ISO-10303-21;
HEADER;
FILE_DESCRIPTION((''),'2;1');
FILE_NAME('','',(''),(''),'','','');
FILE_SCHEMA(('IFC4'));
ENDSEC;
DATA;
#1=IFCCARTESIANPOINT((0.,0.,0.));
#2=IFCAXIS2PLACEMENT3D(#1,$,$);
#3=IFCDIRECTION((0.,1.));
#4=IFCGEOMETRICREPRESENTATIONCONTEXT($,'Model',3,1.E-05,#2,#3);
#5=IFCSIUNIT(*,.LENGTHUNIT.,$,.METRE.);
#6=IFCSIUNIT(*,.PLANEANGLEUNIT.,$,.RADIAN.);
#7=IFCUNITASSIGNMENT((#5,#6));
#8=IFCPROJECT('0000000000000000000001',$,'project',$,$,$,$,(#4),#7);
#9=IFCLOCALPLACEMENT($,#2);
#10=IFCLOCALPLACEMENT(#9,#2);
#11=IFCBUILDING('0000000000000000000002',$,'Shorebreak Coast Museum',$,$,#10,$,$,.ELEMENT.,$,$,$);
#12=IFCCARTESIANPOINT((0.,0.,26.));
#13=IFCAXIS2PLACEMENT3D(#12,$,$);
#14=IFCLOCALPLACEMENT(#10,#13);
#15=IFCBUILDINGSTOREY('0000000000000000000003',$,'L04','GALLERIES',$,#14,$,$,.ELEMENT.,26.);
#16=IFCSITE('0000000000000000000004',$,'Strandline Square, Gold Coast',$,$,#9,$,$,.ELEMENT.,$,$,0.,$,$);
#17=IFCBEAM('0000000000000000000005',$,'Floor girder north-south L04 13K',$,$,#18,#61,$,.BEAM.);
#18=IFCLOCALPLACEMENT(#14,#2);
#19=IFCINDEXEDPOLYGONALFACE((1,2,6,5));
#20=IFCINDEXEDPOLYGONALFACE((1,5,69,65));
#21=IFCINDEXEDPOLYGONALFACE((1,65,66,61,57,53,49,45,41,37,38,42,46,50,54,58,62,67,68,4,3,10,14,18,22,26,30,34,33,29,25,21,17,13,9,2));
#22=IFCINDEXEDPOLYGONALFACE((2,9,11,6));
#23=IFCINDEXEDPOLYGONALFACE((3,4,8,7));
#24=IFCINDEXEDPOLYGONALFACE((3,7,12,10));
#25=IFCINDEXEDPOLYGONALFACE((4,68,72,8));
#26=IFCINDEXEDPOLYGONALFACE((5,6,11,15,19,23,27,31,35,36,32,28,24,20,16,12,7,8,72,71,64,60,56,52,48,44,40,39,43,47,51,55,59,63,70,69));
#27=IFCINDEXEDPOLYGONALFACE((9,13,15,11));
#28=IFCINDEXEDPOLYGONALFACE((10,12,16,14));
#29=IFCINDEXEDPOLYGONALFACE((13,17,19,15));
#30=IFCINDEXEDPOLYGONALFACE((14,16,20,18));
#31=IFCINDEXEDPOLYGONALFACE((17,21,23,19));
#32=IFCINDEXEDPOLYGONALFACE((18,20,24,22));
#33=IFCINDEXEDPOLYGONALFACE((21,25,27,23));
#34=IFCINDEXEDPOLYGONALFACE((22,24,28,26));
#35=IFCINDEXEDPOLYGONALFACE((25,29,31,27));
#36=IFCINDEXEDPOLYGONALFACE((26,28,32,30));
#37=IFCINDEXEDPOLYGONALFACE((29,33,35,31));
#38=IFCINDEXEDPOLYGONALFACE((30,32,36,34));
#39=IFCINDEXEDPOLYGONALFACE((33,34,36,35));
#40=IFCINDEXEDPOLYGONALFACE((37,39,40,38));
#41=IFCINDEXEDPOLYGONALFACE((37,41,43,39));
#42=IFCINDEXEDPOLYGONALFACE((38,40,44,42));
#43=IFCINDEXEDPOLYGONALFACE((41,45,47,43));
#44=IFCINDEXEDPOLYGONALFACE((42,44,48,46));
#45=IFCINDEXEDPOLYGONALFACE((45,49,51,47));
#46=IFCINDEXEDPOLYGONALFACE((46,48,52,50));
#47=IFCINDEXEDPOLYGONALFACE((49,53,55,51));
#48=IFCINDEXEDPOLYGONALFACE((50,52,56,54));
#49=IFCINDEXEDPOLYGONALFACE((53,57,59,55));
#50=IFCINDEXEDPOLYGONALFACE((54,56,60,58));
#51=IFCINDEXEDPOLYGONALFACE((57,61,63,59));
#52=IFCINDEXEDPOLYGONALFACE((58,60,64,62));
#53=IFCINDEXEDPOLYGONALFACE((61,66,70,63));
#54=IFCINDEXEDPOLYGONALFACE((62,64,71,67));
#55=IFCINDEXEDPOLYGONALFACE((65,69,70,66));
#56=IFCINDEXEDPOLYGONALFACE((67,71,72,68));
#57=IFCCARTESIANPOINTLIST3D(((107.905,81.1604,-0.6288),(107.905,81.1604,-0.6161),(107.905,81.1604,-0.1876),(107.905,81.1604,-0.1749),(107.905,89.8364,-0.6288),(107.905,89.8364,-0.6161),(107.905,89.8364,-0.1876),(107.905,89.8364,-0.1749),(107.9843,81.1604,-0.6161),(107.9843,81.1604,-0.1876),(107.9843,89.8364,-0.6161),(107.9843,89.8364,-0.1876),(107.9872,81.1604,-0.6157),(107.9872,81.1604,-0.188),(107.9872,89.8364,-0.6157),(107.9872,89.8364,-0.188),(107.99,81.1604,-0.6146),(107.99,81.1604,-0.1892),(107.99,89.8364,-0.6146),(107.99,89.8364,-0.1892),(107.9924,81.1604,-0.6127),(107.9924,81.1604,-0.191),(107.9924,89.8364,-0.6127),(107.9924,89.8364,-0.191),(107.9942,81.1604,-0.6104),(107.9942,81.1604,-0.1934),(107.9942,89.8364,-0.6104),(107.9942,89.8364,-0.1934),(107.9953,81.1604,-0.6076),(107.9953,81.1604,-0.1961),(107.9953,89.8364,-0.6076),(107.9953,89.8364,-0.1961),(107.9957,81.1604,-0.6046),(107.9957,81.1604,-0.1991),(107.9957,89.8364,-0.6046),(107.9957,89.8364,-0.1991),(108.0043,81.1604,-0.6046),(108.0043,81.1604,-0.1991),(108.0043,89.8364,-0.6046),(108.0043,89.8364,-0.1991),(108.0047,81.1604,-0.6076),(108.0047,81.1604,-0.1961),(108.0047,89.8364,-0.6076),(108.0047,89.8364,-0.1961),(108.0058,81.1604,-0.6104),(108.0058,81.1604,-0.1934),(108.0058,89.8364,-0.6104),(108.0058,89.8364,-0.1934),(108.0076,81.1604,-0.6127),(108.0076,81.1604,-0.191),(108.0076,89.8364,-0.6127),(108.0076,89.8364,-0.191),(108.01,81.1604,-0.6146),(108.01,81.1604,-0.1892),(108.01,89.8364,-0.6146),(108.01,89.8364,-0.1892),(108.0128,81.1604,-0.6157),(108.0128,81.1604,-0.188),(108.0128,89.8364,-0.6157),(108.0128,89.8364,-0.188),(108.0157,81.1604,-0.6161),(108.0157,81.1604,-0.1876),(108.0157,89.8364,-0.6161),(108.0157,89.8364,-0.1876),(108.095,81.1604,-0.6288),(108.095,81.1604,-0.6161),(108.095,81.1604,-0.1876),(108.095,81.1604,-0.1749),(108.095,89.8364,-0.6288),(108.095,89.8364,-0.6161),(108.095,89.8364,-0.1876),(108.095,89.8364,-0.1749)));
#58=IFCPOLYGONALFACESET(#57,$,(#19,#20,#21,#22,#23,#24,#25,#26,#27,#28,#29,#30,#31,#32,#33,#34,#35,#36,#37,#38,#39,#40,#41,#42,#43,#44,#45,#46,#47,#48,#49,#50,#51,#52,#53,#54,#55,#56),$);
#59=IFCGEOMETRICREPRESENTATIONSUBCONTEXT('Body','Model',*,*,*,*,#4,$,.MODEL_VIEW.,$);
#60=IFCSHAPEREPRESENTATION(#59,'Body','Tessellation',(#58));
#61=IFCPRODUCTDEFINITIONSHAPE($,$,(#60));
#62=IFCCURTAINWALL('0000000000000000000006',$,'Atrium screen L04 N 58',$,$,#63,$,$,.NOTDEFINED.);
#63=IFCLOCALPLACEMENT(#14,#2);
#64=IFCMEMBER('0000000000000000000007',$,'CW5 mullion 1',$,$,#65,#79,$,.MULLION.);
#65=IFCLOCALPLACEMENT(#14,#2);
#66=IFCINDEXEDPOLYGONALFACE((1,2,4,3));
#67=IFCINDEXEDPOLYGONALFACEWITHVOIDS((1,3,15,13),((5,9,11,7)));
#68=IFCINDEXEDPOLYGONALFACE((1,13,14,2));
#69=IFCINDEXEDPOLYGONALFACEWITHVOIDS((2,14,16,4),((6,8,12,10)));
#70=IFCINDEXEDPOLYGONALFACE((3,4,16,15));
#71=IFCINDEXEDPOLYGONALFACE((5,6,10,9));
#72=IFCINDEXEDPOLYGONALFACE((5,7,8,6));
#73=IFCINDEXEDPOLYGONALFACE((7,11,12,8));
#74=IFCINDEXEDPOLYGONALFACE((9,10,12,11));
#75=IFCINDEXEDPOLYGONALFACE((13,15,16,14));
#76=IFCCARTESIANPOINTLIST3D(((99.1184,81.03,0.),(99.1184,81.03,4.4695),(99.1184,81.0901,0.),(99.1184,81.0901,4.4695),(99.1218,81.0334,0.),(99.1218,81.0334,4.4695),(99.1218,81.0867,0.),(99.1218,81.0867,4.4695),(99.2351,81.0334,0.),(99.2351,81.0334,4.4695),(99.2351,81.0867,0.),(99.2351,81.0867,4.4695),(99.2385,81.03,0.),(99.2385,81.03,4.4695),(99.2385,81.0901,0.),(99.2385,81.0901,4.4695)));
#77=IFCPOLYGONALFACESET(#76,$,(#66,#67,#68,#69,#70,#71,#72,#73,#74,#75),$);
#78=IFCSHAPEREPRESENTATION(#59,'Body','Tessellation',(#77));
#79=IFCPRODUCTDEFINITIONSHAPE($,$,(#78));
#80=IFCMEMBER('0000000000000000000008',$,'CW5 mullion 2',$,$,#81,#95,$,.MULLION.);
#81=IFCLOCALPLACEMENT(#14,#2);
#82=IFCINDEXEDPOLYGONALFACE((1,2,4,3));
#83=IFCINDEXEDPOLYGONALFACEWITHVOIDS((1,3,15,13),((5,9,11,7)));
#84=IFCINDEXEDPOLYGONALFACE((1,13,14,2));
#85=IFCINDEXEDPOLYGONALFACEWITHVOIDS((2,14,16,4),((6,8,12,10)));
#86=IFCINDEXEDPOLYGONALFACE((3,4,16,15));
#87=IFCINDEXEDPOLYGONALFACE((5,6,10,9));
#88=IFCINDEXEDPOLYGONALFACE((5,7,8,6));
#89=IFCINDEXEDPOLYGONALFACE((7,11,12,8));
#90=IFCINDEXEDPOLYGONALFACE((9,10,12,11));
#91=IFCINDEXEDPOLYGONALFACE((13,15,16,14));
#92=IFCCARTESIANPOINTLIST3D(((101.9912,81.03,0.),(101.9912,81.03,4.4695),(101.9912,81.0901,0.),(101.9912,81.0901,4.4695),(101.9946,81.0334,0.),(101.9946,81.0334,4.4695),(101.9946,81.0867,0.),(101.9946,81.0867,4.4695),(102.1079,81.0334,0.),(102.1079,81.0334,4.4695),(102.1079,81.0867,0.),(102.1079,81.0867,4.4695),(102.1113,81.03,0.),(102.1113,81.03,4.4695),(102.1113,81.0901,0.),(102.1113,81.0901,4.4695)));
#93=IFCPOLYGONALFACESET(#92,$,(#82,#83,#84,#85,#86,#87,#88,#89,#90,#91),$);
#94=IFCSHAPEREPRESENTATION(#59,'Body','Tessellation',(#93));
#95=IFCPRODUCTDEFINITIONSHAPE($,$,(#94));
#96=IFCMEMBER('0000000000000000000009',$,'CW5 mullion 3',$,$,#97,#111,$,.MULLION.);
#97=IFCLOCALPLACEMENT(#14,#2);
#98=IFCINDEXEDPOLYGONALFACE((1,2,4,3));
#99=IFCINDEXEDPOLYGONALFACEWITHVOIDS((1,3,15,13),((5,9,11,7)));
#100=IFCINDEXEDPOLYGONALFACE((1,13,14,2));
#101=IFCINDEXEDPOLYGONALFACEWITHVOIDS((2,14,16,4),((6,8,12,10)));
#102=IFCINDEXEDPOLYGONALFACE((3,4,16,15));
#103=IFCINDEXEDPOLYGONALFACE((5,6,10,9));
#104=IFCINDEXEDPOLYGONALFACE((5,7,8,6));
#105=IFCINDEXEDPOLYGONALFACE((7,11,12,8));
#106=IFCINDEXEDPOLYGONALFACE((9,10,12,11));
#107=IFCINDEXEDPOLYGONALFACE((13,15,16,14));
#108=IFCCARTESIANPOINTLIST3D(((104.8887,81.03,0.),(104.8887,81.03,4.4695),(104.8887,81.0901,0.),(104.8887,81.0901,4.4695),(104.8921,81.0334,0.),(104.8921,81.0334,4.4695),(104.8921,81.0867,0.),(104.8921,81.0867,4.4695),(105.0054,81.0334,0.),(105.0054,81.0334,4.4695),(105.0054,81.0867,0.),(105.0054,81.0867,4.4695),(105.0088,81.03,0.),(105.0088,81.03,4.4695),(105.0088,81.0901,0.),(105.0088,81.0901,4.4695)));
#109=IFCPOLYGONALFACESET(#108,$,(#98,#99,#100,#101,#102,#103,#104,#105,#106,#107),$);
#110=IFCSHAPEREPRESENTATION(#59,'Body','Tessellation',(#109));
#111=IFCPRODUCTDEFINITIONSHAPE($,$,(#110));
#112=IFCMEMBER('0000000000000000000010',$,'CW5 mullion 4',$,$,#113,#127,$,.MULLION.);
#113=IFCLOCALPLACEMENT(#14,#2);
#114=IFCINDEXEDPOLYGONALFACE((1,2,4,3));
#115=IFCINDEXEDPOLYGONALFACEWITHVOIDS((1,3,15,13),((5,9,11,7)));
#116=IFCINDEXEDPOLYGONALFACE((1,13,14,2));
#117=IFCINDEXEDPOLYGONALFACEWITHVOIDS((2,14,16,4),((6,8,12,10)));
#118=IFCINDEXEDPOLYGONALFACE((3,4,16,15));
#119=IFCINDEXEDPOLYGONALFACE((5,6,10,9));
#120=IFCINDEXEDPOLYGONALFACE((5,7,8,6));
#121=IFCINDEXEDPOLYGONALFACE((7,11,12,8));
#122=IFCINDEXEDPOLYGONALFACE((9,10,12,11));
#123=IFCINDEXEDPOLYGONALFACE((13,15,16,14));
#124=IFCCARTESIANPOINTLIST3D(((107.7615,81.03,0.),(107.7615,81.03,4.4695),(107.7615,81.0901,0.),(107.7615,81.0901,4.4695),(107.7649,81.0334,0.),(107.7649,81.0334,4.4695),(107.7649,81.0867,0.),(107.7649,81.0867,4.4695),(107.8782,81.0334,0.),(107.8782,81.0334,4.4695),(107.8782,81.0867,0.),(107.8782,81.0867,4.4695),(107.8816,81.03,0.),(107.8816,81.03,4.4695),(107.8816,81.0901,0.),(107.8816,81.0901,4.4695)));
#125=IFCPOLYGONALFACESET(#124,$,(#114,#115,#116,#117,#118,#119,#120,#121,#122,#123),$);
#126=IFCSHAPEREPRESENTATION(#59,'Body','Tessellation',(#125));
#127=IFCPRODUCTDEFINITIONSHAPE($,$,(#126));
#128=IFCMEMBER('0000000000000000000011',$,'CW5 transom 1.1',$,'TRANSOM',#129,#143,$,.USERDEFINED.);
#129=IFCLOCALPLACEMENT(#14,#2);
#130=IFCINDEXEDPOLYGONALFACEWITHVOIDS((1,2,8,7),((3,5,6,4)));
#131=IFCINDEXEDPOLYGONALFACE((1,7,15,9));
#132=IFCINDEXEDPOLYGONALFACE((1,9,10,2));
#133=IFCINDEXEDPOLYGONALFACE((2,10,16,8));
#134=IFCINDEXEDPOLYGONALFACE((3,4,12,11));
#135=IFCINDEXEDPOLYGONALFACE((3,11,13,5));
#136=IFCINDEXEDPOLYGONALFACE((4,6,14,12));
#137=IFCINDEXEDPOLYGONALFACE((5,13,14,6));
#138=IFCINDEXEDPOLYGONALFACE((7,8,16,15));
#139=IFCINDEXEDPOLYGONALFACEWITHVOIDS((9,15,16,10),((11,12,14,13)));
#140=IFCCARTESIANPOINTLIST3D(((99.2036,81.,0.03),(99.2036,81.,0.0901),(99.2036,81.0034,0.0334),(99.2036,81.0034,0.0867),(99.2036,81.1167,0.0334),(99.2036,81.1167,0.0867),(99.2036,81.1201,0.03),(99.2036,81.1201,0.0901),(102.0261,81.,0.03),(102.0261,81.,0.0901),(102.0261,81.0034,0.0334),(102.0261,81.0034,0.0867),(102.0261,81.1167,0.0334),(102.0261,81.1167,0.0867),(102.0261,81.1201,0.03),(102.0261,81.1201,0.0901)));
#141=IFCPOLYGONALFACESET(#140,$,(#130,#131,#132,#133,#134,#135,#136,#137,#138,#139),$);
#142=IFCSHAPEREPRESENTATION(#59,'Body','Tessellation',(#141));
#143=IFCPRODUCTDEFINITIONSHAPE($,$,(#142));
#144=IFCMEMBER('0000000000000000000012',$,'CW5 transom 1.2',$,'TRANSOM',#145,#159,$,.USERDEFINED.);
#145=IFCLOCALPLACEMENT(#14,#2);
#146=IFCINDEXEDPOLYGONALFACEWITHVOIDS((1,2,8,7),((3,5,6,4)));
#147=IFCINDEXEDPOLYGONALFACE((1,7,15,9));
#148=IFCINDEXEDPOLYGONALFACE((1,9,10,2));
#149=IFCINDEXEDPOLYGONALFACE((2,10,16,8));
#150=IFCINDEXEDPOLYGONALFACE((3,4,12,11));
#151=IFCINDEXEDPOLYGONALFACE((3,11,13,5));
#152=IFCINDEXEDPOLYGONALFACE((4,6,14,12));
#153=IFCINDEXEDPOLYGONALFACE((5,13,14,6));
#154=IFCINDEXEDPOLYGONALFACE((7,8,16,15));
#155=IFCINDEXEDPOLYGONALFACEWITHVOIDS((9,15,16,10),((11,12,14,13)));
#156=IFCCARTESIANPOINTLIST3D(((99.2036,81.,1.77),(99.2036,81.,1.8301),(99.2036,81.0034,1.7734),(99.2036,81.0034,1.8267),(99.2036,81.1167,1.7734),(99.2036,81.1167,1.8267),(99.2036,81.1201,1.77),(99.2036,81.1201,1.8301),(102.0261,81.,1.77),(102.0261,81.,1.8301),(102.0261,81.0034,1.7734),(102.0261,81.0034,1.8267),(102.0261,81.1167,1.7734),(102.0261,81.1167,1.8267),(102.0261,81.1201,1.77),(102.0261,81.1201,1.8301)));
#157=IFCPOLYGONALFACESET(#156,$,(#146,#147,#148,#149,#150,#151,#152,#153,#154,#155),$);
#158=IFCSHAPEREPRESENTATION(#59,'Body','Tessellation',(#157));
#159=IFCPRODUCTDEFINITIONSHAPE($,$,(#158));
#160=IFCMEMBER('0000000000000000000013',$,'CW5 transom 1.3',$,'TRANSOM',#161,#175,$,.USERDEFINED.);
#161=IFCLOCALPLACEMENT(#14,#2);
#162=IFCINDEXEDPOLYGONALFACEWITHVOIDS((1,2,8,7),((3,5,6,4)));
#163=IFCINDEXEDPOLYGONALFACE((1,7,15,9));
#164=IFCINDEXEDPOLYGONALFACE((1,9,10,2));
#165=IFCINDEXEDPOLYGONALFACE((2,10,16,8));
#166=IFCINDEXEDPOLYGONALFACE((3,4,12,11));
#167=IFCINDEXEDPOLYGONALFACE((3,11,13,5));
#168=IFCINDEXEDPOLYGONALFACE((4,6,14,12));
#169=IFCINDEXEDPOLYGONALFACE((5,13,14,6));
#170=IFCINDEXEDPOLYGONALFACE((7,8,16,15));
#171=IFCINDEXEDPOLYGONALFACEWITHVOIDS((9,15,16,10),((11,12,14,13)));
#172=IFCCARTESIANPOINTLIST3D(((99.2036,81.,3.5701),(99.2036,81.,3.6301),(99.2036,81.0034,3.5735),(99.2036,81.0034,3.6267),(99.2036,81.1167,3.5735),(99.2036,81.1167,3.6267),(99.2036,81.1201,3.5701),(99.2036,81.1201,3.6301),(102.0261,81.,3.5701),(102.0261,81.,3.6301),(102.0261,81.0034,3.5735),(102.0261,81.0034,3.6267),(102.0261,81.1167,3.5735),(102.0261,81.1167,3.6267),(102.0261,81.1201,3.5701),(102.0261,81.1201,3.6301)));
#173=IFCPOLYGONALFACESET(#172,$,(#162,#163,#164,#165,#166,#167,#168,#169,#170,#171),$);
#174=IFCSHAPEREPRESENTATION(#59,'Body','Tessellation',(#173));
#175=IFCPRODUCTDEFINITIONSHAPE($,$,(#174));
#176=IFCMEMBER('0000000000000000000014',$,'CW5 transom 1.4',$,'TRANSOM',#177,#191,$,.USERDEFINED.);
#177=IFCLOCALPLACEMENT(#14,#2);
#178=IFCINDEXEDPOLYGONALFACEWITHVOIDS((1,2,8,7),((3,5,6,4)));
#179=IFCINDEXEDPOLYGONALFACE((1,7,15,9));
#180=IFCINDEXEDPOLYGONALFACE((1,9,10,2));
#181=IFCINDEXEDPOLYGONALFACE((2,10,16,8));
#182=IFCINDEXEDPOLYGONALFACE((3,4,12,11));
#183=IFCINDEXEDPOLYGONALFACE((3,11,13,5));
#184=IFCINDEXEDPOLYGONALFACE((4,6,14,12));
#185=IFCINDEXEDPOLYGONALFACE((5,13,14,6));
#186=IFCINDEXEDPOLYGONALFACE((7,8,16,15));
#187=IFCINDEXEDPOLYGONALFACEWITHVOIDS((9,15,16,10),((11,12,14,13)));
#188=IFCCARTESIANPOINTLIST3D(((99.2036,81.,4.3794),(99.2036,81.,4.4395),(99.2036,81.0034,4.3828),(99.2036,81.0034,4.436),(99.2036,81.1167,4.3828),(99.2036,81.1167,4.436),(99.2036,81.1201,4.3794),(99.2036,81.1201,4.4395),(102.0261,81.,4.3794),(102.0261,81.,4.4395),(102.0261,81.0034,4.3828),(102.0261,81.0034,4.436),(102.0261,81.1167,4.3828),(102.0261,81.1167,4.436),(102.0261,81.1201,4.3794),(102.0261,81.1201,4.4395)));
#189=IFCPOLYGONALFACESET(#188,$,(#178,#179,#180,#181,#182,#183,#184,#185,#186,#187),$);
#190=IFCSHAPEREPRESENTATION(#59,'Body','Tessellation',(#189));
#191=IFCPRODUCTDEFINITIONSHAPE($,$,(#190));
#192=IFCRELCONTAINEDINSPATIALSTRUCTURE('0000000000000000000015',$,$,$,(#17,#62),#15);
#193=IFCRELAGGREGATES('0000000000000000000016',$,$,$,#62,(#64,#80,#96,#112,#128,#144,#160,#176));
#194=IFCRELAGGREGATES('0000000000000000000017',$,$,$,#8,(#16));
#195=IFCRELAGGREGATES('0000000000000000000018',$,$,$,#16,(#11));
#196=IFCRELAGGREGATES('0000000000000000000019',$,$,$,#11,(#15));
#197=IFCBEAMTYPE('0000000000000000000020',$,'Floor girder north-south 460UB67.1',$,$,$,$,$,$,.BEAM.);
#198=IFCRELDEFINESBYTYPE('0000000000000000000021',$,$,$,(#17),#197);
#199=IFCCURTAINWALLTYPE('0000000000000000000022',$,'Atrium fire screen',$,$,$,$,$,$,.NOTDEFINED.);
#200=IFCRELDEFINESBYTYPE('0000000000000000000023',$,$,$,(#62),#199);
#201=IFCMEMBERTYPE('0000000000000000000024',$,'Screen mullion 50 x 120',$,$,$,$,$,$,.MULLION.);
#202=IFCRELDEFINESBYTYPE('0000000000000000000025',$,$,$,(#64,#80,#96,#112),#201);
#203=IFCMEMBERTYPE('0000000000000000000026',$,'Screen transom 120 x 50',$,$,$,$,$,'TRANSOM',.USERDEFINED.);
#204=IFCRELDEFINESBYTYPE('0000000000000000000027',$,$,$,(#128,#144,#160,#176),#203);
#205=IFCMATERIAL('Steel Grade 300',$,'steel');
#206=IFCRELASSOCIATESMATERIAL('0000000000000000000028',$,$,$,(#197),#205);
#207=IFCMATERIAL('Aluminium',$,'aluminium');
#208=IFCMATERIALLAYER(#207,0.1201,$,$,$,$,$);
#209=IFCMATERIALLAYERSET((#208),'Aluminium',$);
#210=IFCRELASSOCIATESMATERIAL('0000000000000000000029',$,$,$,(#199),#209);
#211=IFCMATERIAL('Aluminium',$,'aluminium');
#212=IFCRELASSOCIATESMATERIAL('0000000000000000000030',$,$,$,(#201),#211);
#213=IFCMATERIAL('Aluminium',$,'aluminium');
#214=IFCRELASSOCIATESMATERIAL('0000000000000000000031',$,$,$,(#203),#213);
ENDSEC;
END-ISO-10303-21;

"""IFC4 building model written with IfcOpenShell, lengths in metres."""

from ifc_helpers import new_model, si_unit, direction, frame, origin, origin_2d, place, context, subcontext, project, spatial, hollow_rectangle, i_section, extrude, material, layer, layer_set, material_profile, profile_set, type_object, element, aggregate, save


model = new_model("IFC4")

# Units and contexts
model_context = context("Model", 3, precision=1e-05, world=origin(), true_north=direction((0.0, 1.0)))
body_context = subcontext(model_context, "Body", "Model", "MODEL_VIEW")
ifc_project = project(units=[si_unit("LENGTHUNIT", "METRE"), si_unit("PLANEANGLEUNIT", "RADIAN")], contexts=[model_context])

# Site, building, storey
site_placement = place(None, origin())
site = spatial("IfcSite", under=ifc_project, at=site_placement, Name="Strandline Square, Gold Coast", CompositionType="ELEMENT", RefElevation=0.0)
building_placement = place(site_placement, origin())
building = spatial("IfcBuilding", under=site, at=building_placement, Name="Shorebreak Coast Museum", CompositionType="ELEMENT")
storey_placement = place(building_placement, frame((0.0, 0.0, 26.0)))
storey = spatial("IfcBuildingStorey", under=building, at=storey_placement, Name="L04", Description="GALLERIES", CompositionType="ELEMENT", Elevation=26.0)

# Beam
ifc_material_1 = material(Name="Steel Grade 300", Category="steel")
ifc_material_profile_1 = material_profile(ifc_material_1, i_section(OverallWidth=0.1899, OverallDepth=0.4539, WebThickness=0.0085, FlangeThickness=0.0127, FilletRadius=0.0115, at=origin_2d()), Name="460UB67.1")
ifc_profile_set_1 = profile_set([ifc_material_profile_1], Name="Steel Grade 300")
beam_type_1 = type_object("IfcBeamType", Name="Floor girder north-south 460UB67.1", PredefinedType="BEAM", material=ifc_profile_set_1)
beam_1_placement = place(storey_placement, frame((108.0, 81.1604, -0.4019), z_axis=(0.0, 1.0, 0.0), x_axis=(-1.0, 0.0, 0.0)))
element("IfcBeam", 1, at=beam_1_placement, inside=storey, type_object=beam_type_1, Name="Floor girder north-south L04 13K", PredefinedType="BEAM", context=body_context, shape_type="SweptSolid", body=[
    extrude(i_section(OverallWidth=0.1899, OverallDepth=0.4539, WebThickness=0.0085, FlangeThickness=0.0127, FilletRadius=0.0115, at=origin_2d()), origin(), (0.0, 0.0, 1.0), 8.676),
])

# Curtain wall, members
ifc_material_2 = material(Name="Aluminium", Category="aluminium")
ifc_layer_1 = layer(ifc_material_2, 0.1201)
ifc_layer_set_1 = layer_set([ifc_layer_1], Name="Aluminium")
curtain_wall_type = type_object("IfcCurtainWallType", Name="Atrium fire screen", PredefinedType="NOTDEFINED", material=ifc_layer_set_1)
curtain_wall_placement = place(storey_placement, origin())
curtain_wall = element("IfcCurtainWall", 2, at=curtain_wall_placement, inside=storey, type_object=curtain_wall_type, Name="Atrium screen L04 N 58", PredefinedType="NOTDEFINED")
ifc_material_3 = material(Name="Aluminium", Category="aluminium")
ifc_material_profile_2 = material_profile(ifc_material_3, hollow_rectangle(XDim=0.0601, YDim=0.1201, WallThickness=0.0034, at=origin_2d()), Name="AL 120x60 RHS")
ifc_profile_set_2 = profile_set([ifc_material_profile_2], Name="Aluminium")
member_type_1 = type_object("IfcMemberType", Name="Screen mullion 50 x 120", PredefinedType="MULLION", material=ifc_profile_set_2)
member_1_placement = place(storey_placement, frame((99.1785, 81.0601, 0.0), z_axis=(0.0, 0.0, 1.0), x_axis=(0.0, 1.0, 0.0)))
member_1 = element("IfcMember", 3, at=member_1_placement, type_object=member_type_1, Name="CW5 mullion 1", PredefinedType="MULLION", context=body_context, shape_type="SweptSolid", body=[
    extrude(hollow_rectangle(XDim=0.0601, YDim=0.1201, WallThickness=0.0034, at=origin_2d()), origin(), (0.0, 0.0, 1.0), 4.4695),
])
member_2_placement = place(storey_placement, frame((102.0513, 81.0601, 0.0), z_axis=(0.0, 0.0, 1.0), x_axis=(0.0, 1.0, 0.0)))
member_2 = element("IfcMember", 4, at=member_2_placement, type_object=member_type_1, Name="CW5 mullion 2", PredefinedType="MULLION", context=body_context, shape_type="SweptSolid", body=[
    extrude(hollow_rectangle(XDim=0.0601, YDim=0.1201, WallThickness=0.0034, at=origin_2d()), origin(), (0.0, 0.0, 1.0), 4.4695),
])
member_3_placement = place(storey_placement, frame((104.9487, 81.0601, 0.0), z_axis=(0.0, 0.0, 1.0), x_axis=(0.0, 1.0, 0.0)))
member_3 = element("IfcMember", 5, at=member_3_placement, type_object=member_type_1, Name="CW5 mullion 3", PredefinedType="MULLION", context=body_context, shape_type="SweptSolid", body=[
    extrude(hollow_rectangle(XDim=0.0601, YDim=0.1201, WallThickness=0.0034, at=origin_2d()), origin(), (0.0, 0.0, 1.0), 4.4695),
])
member_4_placement = place(storey_placement, frame((107.8215, 81.0601, 0.0), z_axis=(0.0, 0.0, 1.0), x_axis=(0.0, 1.0, 0.0)))
member_4 = element("IfcMember", 6, at=member_4_placement, type_object=member_type_1, Name="CW5 mullion 4", PredefinedType="MULLION", context=body_context, shape_type="SweptSolid", body=[
    extrude(hollow_rectangle(XDim=0.0601, YDim=0.1201, WallThickness=0.0034, at=origin_2d()), origin(), (0.0, 0.0, 1.0), 4.4695),
])
ifc_material_4 = material(Name="Aluminium", Category="aluminium")
ifc_material_profile_3 = material_profile(ifc_material_4, hollow_rectangle(XDim=0.1201, YDim=0.0601, WallThickness=0.0034, at=origin_2d()), Name="AL 60x120 RHS")
ifc_profile_set_3 = profile_set([ifc_material_profile_3], Name="Aluminium")
member_type_2 = type_object("IfcMemberType", Name="Screen transom 120 x 50", ElementType="TRANSOM", PredefinedType="USERDEFINED", material=ifc_profile_set_3)
member_5_placement = place(storey_placement, frame((99.2036, 81.0601, 0.0601), z_axis=(1.0, 0.0, 0.0), x_axis=(0.0, 1.0, 0.0)))
member_5 = element("IfcMember", 7, at=member_5_placement, type_object=member_type_2, Name="CW5 transom 1.1", ObjectType="TRANSOM", PredefinedType="USERDEFINED", context=body_context, shape_type="SweptSolid", body=[
    extrude(hollow_rectangle(XDim=0.1201, YDim=0.0601, WallThickness=0.0034, at=origin_2d()), origin(), (0.0, 0.0, 1.0), 2.8225),
])
member_6_placement = place(storey_placement, frame((99.2036, 81.0601, 1.8), z_axis=(1.0, 0.0, 0.0), x_axis=(0.0, 1.0, 0.0)))
member_6 = element("IfcMember", 8, at=member_6_placement, type_object=member_type_2, Name="CW5 transom 1.2", ObjectType="TRANSOM", PredefinedType="USERDEFINED", context=body_context, shape_type="SweptSolid", body=[
    extrude(hollow_rectangle(XDim=0.1201, YDim=0.0601, WallThickness=0.0034, at=origin_2d()), origin(), (0.0, 0.0, 1.0), 2.8225),
])
member_7_placement = place(storey_placement, frame((99.2036, 81.0601, 3.6001), z_axis=(1.0, 0.0, 0.0), x_axis=(0.0, 1.0, 0.0)))
member_7 = element("IfcMember", 9, at=member_7_placement, type_object=member_type_2, Name="CW5 transom 1.3", ObjectType="TRANSOM", PredefinedType="USERDEFINED", context=body_context, shape_type="SweptSolid", body=[
    extrude(hollow_rectangle(XDim=0.1201, YDim=0.0601, WallThickness=0.0034, at=origin_2d()), origin(), (0.0, 0.0, 1.0), 2.8225),
])
member_8_placement = place(storey_placement, frame((99.2036, 81.0601, 4.4094), z_axis=(1.0, 0.0, 0.0), x_axis=(0.0, 1.0, 0.0)))
member_8 = element("IfcMember", 10, at=member_8_placement, type_object=member_type_2, Name="CW5 transom 1.4", ObjectType="TRANSOM", PredefinedType="USERDEFINED", context=body_context, shape_type="SweptSolid", body=[
    extrude(hollow_rectangle(XDim=0.1201, YDim=0.0601, WallThickness=0.0034, at=origin_2d()), origin(), (0.0, 0.0, 1.0), 2.8225),
])
aggregate(curtain_wall, [member_1, member_2, member_3, member_4, member_5, member_6, member_7, member_8])

save(model, "model.ifc")
